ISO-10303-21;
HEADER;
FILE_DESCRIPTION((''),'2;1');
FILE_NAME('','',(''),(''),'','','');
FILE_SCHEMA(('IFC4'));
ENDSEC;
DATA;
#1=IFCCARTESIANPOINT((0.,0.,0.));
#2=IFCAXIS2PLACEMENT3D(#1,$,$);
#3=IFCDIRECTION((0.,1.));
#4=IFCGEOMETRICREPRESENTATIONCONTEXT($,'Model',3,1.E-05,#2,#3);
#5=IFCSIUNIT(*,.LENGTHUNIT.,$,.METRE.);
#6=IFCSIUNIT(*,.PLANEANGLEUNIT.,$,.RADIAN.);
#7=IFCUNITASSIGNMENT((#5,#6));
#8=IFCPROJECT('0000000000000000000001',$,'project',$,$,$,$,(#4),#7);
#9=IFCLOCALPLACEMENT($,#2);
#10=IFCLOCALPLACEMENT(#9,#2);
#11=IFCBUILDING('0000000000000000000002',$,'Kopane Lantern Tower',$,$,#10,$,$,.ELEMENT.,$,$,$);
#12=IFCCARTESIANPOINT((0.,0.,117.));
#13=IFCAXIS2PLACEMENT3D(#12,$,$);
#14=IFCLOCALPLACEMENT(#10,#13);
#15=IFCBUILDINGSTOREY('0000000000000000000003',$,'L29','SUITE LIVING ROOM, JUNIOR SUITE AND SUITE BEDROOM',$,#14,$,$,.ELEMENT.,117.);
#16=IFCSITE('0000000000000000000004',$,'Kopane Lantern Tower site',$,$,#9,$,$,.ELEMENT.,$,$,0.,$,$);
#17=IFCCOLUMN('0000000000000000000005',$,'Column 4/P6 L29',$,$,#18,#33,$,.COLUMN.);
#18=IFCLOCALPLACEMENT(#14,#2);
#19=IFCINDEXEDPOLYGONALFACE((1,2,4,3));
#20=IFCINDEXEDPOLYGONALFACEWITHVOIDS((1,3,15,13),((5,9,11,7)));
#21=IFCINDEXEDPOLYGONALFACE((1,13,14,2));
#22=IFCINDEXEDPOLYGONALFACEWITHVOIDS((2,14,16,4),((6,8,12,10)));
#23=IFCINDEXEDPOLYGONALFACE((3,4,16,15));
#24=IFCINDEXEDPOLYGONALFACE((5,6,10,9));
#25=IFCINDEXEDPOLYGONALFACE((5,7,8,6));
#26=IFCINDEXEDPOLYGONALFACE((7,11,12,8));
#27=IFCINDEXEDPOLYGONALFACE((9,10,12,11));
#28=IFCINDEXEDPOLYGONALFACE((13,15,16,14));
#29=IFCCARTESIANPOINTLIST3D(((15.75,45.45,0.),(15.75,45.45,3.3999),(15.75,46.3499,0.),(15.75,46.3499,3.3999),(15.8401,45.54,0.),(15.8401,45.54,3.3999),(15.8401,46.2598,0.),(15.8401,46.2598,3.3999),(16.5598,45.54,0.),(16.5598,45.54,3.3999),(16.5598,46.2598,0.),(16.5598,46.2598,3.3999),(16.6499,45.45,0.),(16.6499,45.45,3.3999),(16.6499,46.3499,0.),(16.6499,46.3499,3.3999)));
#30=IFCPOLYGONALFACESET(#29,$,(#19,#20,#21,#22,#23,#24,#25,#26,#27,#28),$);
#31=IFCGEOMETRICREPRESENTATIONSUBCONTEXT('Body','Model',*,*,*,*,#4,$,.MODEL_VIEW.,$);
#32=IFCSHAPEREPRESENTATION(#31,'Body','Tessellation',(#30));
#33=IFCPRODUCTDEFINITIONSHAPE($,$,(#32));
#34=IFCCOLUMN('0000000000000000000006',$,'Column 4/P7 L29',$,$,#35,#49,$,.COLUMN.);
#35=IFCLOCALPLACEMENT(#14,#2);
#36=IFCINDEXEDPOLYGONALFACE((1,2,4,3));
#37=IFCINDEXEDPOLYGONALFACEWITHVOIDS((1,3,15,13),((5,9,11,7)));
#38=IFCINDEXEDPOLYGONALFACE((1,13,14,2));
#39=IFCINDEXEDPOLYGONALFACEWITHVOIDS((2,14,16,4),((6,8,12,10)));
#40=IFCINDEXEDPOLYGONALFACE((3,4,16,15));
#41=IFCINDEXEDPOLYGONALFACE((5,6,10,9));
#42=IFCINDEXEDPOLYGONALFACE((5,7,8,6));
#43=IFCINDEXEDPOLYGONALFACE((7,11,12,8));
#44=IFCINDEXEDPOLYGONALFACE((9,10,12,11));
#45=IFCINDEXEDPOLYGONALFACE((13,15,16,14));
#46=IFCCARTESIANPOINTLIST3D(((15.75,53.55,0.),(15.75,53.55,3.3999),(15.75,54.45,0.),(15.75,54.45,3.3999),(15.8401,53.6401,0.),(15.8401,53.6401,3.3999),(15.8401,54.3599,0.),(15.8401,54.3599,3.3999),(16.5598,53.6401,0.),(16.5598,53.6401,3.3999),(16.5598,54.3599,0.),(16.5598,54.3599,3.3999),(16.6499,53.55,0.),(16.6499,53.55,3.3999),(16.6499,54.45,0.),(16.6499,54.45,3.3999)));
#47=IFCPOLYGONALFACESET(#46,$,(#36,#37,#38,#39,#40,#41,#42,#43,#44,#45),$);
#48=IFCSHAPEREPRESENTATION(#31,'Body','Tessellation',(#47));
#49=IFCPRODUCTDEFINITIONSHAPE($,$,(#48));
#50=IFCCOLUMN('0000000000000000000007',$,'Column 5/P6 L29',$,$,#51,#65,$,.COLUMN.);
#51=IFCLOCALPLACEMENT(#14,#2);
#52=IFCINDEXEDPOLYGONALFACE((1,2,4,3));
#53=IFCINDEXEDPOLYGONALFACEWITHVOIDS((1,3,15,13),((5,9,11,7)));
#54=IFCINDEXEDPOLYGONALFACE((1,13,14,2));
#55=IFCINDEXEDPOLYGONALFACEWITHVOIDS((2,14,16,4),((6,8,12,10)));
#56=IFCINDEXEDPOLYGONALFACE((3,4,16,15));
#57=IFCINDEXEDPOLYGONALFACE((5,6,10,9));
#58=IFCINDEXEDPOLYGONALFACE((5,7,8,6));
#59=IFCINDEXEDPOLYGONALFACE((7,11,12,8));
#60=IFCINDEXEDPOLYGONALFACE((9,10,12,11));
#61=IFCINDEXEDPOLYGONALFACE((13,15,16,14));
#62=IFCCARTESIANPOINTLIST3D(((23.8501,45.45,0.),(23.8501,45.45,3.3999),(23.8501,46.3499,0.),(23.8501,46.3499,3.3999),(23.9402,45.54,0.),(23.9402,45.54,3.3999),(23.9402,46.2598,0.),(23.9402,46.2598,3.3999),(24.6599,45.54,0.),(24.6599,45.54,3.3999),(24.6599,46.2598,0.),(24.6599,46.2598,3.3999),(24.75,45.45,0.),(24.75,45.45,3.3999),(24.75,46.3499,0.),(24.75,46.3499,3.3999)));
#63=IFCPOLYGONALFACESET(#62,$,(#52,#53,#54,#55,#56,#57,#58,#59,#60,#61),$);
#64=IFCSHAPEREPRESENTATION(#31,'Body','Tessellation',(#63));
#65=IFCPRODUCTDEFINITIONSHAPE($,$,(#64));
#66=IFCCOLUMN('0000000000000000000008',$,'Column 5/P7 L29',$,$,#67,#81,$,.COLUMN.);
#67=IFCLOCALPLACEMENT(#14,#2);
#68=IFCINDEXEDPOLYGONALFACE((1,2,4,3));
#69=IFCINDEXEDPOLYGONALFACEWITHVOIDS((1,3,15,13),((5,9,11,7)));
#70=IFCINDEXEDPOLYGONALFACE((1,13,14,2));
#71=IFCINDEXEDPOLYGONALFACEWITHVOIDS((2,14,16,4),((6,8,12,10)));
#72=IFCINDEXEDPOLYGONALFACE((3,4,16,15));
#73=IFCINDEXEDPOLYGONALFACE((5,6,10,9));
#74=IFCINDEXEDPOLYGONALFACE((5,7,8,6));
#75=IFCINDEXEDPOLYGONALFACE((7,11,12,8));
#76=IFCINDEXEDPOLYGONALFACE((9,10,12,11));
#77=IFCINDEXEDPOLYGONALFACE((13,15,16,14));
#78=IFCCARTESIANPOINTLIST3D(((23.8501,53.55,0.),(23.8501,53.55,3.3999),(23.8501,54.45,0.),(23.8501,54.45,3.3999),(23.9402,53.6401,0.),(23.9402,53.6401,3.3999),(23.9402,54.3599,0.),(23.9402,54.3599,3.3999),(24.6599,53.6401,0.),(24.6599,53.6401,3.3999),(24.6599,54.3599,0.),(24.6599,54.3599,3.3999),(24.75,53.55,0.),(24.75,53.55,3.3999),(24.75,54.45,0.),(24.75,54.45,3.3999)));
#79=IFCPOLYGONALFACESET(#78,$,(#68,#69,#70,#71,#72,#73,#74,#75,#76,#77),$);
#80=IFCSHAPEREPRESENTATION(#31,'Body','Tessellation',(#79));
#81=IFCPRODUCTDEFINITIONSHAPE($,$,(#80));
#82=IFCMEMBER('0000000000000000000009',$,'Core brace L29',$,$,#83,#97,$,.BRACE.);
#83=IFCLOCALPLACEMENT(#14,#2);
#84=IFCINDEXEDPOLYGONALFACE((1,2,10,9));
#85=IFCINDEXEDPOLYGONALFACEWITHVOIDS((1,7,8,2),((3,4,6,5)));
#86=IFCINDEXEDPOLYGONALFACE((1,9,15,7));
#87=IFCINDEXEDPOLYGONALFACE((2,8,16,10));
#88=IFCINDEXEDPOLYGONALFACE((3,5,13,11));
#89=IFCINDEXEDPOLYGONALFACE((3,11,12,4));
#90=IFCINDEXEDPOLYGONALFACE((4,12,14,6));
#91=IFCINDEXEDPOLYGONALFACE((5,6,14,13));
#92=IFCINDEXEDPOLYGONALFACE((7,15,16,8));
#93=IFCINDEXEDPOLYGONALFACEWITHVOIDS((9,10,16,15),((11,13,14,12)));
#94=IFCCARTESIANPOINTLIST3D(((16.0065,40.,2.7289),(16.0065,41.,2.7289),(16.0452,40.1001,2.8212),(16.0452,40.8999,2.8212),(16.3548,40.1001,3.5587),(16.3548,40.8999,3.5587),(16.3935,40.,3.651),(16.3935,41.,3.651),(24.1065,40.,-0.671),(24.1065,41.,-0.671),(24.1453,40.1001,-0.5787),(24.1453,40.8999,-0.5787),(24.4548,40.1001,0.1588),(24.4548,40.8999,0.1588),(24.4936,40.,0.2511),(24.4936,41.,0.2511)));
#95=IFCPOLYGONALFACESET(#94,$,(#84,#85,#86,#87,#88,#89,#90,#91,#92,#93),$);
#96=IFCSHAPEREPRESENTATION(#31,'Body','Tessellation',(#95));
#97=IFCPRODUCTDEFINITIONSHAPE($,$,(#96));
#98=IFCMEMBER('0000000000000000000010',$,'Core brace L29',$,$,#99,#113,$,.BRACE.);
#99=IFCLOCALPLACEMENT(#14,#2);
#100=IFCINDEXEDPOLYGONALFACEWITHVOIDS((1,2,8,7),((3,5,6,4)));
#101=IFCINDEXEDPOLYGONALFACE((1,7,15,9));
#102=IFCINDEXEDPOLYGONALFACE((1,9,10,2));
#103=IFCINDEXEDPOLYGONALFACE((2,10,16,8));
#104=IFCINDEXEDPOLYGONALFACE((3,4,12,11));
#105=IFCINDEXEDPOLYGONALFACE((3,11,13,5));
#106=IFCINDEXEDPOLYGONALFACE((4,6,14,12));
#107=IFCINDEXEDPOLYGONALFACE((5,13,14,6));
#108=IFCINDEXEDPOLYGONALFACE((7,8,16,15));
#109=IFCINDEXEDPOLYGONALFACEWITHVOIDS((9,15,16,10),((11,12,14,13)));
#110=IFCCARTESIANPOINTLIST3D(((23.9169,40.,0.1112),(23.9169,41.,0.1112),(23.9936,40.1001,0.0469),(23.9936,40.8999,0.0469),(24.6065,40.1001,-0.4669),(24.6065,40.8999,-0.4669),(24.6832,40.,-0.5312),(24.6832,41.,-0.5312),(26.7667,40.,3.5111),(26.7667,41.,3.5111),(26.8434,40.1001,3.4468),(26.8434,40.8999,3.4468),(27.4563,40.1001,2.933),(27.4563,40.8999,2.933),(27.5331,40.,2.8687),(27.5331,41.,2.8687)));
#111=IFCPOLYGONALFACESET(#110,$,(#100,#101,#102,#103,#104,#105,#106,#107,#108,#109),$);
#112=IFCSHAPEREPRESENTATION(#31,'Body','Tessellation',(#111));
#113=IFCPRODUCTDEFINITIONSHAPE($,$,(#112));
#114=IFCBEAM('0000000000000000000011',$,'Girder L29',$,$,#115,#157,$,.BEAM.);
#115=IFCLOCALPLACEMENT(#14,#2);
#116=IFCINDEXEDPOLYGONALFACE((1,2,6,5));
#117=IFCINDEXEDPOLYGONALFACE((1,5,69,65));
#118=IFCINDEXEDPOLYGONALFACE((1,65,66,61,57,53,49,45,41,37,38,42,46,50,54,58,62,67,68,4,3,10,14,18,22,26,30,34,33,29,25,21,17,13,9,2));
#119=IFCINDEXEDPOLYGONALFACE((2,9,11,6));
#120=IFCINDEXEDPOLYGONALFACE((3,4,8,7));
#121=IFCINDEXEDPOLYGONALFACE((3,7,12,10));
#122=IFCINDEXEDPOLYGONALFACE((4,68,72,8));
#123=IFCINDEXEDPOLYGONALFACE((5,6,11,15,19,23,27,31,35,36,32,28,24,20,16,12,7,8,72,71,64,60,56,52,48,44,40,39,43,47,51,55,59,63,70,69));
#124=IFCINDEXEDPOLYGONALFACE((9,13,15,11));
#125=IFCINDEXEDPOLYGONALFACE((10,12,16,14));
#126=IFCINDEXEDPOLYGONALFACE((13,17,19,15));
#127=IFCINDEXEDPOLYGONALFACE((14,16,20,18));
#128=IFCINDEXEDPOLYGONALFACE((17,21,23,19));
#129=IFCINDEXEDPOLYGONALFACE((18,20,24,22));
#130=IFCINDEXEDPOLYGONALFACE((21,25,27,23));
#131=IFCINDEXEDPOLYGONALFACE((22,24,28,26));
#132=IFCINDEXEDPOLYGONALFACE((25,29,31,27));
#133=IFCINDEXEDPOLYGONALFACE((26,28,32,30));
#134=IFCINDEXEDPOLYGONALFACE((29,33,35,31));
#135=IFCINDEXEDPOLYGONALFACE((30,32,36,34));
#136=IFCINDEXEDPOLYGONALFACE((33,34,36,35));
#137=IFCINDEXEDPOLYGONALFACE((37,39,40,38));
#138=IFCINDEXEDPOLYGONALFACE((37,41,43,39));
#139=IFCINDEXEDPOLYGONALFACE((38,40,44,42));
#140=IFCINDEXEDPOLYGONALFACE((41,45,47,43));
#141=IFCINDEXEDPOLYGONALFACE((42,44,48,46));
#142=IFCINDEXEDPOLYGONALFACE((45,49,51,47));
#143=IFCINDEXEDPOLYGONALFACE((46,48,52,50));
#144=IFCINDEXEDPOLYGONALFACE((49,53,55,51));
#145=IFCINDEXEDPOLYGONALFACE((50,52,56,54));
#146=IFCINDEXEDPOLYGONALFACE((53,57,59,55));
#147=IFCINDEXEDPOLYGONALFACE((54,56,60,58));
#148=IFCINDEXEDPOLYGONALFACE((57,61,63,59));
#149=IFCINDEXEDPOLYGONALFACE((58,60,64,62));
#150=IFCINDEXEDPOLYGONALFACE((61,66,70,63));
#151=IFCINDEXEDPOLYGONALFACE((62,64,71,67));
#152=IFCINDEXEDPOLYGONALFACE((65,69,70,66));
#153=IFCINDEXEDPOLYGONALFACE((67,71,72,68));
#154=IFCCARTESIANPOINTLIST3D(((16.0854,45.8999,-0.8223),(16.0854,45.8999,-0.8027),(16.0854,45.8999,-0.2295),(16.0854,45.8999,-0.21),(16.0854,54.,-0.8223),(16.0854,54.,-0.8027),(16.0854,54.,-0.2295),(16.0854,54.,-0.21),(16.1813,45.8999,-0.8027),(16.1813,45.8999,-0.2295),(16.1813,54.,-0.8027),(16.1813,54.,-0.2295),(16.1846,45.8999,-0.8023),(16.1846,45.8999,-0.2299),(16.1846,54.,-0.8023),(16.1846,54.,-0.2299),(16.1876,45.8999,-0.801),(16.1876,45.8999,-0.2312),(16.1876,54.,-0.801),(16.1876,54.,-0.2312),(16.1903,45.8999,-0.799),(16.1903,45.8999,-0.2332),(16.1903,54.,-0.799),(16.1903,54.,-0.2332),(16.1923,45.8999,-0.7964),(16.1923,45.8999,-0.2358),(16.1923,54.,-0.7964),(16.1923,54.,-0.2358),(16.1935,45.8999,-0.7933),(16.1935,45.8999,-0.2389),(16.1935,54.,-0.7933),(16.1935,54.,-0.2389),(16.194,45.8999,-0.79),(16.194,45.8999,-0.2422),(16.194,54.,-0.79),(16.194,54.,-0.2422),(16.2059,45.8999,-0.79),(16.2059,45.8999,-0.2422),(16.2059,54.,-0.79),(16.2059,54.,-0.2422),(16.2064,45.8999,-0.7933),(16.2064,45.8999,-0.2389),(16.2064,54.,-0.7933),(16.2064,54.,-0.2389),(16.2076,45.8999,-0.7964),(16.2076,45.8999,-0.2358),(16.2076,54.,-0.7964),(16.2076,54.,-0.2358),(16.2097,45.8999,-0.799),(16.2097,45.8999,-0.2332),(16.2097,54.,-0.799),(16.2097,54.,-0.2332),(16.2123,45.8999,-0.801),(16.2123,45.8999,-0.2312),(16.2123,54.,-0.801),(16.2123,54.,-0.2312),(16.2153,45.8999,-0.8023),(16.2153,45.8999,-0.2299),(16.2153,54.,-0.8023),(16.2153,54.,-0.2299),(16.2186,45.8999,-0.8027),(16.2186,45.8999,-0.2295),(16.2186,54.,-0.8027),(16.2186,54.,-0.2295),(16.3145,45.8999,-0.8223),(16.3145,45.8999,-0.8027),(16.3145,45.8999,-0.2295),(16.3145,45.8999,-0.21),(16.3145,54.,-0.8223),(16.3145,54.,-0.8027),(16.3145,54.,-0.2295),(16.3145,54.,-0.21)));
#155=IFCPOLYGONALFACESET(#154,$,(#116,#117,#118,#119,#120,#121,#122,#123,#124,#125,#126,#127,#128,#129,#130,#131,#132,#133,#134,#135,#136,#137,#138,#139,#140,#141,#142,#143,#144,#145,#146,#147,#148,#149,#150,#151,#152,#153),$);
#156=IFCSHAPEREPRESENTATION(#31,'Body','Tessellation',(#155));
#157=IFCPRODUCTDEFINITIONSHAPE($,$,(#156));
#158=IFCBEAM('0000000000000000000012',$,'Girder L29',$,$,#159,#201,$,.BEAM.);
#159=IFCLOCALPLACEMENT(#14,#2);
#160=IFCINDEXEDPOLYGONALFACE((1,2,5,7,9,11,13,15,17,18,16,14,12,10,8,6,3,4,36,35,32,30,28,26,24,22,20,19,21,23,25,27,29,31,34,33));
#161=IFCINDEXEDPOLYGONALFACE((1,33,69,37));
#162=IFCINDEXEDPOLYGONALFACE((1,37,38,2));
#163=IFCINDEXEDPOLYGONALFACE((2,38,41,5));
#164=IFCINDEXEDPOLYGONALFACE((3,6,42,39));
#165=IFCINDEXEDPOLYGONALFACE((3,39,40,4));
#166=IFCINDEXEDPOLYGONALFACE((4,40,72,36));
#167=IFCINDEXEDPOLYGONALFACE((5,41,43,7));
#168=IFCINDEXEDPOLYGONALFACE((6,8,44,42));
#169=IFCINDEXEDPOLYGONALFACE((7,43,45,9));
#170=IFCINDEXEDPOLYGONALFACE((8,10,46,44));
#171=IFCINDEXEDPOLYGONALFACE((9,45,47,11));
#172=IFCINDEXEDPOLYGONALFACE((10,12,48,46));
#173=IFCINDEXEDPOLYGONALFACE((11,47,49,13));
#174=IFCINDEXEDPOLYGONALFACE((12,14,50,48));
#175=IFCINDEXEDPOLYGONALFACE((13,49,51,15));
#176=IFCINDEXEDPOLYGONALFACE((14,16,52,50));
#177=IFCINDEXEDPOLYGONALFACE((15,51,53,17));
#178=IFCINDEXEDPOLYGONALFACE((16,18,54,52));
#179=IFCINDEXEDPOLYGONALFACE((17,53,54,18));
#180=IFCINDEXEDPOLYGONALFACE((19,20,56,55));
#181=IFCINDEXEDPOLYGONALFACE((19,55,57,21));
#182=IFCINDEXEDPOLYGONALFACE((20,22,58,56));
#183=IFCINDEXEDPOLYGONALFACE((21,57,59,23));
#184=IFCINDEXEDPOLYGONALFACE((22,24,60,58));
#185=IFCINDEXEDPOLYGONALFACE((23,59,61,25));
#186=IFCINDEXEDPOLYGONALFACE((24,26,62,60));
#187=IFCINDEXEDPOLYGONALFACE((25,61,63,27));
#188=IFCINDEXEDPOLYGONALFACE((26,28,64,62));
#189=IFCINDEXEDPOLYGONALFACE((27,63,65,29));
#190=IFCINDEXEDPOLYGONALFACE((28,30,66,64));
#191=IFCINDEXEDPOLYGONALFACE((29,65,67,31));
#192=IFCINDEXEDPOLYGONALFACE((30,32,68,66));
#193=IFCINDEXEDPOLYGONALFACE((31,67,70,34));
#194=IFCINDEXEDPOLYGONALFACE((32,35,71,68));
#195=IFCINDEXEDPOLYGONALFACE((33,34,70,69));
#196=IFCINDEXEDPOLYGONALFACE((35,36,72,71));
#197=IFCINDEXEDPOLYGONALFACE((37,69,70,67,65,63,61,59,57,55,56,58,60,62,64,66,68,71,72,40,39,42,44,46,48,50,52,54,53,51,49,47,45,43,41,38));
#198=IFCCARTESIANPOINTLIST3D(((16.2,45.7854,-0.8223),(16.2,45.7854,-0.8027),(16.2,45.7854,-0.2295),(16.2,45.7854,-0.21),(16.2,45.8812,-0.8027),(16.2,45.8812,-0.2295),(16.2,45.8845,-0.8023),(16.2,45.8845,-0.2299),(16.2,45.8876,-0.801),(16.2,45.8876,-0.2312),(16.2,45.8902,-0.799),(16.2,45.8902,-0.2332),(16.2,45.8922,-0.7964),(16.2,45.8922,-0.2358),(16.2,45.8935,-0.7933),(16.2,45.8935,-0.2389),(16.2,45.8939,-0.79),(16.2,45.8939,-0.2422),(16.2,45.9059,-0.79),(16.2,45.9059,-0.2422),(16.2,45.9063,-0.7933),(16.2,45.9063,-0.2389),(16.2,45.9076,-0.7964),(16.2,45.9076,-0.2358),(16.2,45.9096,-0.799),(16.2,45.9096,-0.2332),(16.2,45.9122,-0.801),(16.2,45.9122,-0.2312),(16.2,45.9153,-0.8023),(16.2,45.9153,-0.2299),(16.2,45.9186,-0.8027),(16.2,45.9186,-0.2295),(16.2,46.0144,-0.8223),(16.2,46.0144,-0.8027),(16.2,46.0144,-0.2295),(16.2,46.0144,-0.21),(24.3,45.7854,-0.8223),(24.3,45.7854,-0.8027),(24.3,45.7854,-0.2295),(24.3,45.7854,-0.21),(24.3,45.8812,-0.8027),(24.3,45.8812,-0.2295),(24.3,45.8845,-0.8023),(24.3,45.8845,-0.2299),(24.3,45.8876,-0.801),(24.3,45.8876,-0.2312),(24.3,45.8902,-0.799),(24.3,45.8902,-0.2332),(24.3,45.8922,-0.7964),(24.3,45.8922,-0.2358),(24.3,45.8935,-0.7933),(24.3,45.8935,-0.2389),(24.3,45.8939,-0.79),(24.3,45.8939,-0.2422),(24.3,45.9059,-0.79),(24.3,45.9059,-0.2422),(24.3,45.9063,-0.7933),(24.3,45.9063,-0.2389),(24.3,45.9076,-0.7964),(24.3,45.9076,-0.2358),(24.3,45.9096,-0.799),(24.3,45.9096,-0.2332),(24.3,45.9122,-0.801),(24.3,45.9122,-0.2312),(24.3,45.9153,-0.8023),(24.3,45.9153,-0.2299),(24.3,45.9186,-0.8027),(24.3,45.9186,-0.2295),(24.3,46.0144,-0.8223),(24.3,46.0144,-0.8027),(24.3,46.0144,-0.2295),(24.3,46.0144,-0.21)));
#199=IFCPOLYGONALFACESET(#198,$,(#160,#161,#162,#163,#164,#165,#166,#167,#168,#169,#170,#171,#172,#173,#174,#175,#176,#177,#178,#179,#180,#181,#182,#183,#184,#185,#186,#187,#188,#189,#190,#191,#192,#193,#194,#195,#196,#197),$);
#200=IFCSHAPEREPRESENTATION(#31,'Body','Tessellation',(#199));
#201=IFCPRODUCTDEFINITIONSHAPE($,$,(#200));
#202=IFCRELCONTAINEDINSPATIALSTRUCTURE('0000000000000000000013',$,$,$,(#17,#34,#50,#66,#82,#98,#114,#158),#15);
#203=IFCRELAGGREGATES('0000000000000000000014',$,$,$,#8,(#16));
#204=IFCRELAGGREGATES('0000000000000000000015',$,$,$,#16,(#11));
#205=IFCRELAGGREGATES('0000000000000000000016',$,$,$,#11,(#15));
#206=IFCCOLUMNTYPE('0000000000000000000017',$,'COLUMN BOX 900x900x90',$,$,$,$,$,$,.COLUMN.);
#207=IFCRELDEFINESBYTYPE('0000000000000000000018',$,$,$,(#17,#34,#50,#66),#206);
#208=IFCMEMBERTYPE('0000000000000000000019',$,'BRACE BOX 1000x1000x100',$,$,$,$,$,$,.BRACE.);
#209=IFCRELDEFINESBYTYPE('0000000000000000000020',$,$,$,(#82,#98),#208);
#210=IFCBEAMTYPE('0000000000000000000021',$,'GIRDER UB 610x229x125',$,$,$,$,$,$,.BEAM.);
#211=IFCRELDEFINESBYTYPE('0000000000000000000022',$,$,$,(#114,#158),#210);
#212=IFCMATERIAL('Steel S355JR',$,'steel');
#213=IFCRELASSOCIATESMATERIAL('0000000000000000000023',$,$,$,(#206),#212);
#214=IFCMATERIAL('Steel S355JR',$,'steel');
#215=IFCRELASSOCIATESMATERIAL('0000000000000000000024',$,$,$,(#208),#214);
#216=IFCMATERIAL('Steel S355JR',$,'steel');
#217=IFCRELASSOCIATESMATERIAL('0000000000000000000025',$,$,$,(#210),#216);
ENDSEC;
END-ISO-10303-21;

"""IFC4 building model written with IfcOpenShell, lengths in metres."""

from ifc_helpers import new_model, si_unit, direction, frame, origin, origin_2d, place, context, subcontext, project, spatial, hollow_rectangle, i_section, extrude, material, material_profile, profile_set, type_object, element, save


model = new_model("IFC4")

# Units and contexts
model_context = context("Model", 3, precision=1e-05, world=origin(), true_north=direction((0.0, 1.0)))
body_context = subcontext(model_context, "Body", "Model", "MODEL_VIEW")
ifc_project = project(units=[si_unit("LENGTHUNIT", "METRE"), si_unit("PLANEANGLEUNIT", "RADIAN")], contexts=[model_context])

# Site, building, storey
site_placement = place(None, origin())
site = spatial("IfcSite", under=ifc_project, at=site_placement, Name="Kopane Lantern Tower site", CompositionType="ELEMENT", RefElevation=0.0)
building_placement = place(site_placement, origin())
building = spatial("IfcBuilding", under=site, at=building_placement, Name="Kopane Lantern Tower", CompositionType="ELEMENT")
storey_placement = place(building_placement, frame((0.0, 0.0, 117.0)))
storey = spatial("IfcBuildingStorey", under=building, at=storey_placement, Name="L29", Description="SUITE LIVING ROOM, JUNIOR SUITE AND SUITE BEDROOM", CompositionType="ELEMENT", Elevation=117.0)

# Columns
ifc_material_1 = material(Name="Steel S355JR", Category="steel")
ifc_material_profile_1 = material_profile(ifc_material_1, hollow_rectangle(XDim=0.8999, YDim=0.8999, WallThickness=0.0901, at=origin_2d()), Name="BOX 900x900x90")
ifc_profile_set_1 = profile_set([ifc_material_profile_1], Name="Steel S355JR")
column_type = type_object("IfcColumnType", Name="COLUMN BOX 900x900x90", PredefinedType="COLUMN", material=ifc_profile_set_1)
for number, where, z_axis, x_axis, name in (
    (1, (16.2, 45.8999, 0.0), (0.0, 0.0, 1.0), (1.0, 0.0, 0.0), "Column 4/P6 L29"),
    (2, (16.2, 54.0, 0.0), (0.0, 0.0, 1.0), (1.0, 0.0, 0.0), "Column 4/P7 L29"),
    (3, (24.3, 45.8999, 0.0), (0.0, 0.0, 1.0), (1.0, 0.0, 0.0), "Column 5/P6 L29"),
    (4, (24.3, 54.0, 0.0), (0.0, 0.0, 1.0), (1.0, 0.0, 0.0), "Column 5/P7 L29"),
):
    element("IfcColumn", number, at=place(storey_placement, frame(where, z_axis=z_axis, x_axis=x_axis)), inside=storey, type_object=column_type, Name=name, PredefinedType="COLUMN", context=body_context, shape_type="SweptSolid", body=[
        extrude(hollow_rectangle(XDim=0.8999, YDim=0.8999, WallThickness=0.0901, at=origin_2d()), origin(), (0.0, 0.0, 1.0), 3.3999),
    ])

# Members
ifc_material_2 = material(Name="Steel S355JR", Category="steel")
ifc_material_profile_2 = material_profile(ifc_material_2, hollow_rectangle(XDim=1.0, YDim=1.0, WallThickness=0.1001, at=origin_2d()), Name="BOX 1000x1000x100")
ifc_profile_set_2 = profile_set([ifc_material_profile_2], Name="Steel S355JR")
member_type = type_object("IfcMemberType", Name="BRACE BOX 1000x1000x100", PredefinedType="BRACE", material=ifc_profile_set_2)
member_1_placement = place(storey_placement, frame((24.3, 40.5, -0.21), z_axis=(-0.922069, 0.0, 0.387026), x_axis=(0.0, -1.0, 0.0)))
element("IfcMember", 5, at=member_1_placement, inside=storey, type_object=member_type, Name="Core brace L29", PredefinedType="BRACE", context=body_context, shape_type="SweptSolid", body=[
    extrude(hollow_rectangle(XDim=1.0, YDim=1.0, WallThickness=0.1001, at=origin_2d()), origin(), (0.0, 0.0, 1.0), 8.7847),
])
member_2_placement = place(storey_placement, frame((24.3, 40.5, -0.21), z_axis=(0.64239, 0.0, 0.766378), x_axis=(0.0, 1.0, 0.0)))
element("IfcMember", 6, at=member_2_placement, inside=storey, type_object=member_type, Name="Core brace L29", PredefinedType="BRACE", context=body_context, shape_type="SweptSolid", body=[
    extrude(hollow_rectangle(XDim=1.0, YDim=1.0, WallThickness=0.1001, at=origin_2d()), origin(), (0.0, 0.0, 1.0), 4.4363),
])

# Beams
ifc_material_3 = material(Name="Steel S355JR", Category="steel")
ifc_material_profile_3 = material_profile(ifc_material_3, i_section(OverallWidth=0.229, OverallDepth=0.6123, WebThickness=0.012, FlangeThickness=0.0195, FilletRadius=0.0127, at=origin_2d()), Name="UB 610x229x125")
ifc_profile_set_3 = profile_set([ifc_material_profile_3], Name="Steel S355JR")
beam_type_1 = type_object("IfcBeamType", Name="GIRDER UB 610x229x125", PredefinedType="BEAM", material=ifc_profile_set_3)
for number, where, z_axis, x_axis, name in (
    (7, (16.2, 45.8999, -0.5161), (0.0, 1.0, 0.0), (-1.0, 0.0, 0.0), "Girder L29"),
    (8, (16.2, 45.8999, -0.5161), (1.0, 0.0, 0.0), (0.0, 1.0, 0.0), "Girder L29"),
):
    element("IfcBeam", number, at=place(storey_placement, frame(where, z_axis=z_axis, x_axis=x_axis)), inside=storey, type_object=beam_type_1, Name=name, PredefinedType="BEAM", context=body_context, shape_type="SweptSolid", body=[
        extrude(i_section(OverallWidth=0.229, OverallDepth=0.6123, WebThickness=0.012, FlangeThickness=0.0195, FilletRadius=0.0127, at=origin_2d()), origin(), (0.0, 0.0, 1.0), 8.1001),
    ])

save(model, "model.ifc")
